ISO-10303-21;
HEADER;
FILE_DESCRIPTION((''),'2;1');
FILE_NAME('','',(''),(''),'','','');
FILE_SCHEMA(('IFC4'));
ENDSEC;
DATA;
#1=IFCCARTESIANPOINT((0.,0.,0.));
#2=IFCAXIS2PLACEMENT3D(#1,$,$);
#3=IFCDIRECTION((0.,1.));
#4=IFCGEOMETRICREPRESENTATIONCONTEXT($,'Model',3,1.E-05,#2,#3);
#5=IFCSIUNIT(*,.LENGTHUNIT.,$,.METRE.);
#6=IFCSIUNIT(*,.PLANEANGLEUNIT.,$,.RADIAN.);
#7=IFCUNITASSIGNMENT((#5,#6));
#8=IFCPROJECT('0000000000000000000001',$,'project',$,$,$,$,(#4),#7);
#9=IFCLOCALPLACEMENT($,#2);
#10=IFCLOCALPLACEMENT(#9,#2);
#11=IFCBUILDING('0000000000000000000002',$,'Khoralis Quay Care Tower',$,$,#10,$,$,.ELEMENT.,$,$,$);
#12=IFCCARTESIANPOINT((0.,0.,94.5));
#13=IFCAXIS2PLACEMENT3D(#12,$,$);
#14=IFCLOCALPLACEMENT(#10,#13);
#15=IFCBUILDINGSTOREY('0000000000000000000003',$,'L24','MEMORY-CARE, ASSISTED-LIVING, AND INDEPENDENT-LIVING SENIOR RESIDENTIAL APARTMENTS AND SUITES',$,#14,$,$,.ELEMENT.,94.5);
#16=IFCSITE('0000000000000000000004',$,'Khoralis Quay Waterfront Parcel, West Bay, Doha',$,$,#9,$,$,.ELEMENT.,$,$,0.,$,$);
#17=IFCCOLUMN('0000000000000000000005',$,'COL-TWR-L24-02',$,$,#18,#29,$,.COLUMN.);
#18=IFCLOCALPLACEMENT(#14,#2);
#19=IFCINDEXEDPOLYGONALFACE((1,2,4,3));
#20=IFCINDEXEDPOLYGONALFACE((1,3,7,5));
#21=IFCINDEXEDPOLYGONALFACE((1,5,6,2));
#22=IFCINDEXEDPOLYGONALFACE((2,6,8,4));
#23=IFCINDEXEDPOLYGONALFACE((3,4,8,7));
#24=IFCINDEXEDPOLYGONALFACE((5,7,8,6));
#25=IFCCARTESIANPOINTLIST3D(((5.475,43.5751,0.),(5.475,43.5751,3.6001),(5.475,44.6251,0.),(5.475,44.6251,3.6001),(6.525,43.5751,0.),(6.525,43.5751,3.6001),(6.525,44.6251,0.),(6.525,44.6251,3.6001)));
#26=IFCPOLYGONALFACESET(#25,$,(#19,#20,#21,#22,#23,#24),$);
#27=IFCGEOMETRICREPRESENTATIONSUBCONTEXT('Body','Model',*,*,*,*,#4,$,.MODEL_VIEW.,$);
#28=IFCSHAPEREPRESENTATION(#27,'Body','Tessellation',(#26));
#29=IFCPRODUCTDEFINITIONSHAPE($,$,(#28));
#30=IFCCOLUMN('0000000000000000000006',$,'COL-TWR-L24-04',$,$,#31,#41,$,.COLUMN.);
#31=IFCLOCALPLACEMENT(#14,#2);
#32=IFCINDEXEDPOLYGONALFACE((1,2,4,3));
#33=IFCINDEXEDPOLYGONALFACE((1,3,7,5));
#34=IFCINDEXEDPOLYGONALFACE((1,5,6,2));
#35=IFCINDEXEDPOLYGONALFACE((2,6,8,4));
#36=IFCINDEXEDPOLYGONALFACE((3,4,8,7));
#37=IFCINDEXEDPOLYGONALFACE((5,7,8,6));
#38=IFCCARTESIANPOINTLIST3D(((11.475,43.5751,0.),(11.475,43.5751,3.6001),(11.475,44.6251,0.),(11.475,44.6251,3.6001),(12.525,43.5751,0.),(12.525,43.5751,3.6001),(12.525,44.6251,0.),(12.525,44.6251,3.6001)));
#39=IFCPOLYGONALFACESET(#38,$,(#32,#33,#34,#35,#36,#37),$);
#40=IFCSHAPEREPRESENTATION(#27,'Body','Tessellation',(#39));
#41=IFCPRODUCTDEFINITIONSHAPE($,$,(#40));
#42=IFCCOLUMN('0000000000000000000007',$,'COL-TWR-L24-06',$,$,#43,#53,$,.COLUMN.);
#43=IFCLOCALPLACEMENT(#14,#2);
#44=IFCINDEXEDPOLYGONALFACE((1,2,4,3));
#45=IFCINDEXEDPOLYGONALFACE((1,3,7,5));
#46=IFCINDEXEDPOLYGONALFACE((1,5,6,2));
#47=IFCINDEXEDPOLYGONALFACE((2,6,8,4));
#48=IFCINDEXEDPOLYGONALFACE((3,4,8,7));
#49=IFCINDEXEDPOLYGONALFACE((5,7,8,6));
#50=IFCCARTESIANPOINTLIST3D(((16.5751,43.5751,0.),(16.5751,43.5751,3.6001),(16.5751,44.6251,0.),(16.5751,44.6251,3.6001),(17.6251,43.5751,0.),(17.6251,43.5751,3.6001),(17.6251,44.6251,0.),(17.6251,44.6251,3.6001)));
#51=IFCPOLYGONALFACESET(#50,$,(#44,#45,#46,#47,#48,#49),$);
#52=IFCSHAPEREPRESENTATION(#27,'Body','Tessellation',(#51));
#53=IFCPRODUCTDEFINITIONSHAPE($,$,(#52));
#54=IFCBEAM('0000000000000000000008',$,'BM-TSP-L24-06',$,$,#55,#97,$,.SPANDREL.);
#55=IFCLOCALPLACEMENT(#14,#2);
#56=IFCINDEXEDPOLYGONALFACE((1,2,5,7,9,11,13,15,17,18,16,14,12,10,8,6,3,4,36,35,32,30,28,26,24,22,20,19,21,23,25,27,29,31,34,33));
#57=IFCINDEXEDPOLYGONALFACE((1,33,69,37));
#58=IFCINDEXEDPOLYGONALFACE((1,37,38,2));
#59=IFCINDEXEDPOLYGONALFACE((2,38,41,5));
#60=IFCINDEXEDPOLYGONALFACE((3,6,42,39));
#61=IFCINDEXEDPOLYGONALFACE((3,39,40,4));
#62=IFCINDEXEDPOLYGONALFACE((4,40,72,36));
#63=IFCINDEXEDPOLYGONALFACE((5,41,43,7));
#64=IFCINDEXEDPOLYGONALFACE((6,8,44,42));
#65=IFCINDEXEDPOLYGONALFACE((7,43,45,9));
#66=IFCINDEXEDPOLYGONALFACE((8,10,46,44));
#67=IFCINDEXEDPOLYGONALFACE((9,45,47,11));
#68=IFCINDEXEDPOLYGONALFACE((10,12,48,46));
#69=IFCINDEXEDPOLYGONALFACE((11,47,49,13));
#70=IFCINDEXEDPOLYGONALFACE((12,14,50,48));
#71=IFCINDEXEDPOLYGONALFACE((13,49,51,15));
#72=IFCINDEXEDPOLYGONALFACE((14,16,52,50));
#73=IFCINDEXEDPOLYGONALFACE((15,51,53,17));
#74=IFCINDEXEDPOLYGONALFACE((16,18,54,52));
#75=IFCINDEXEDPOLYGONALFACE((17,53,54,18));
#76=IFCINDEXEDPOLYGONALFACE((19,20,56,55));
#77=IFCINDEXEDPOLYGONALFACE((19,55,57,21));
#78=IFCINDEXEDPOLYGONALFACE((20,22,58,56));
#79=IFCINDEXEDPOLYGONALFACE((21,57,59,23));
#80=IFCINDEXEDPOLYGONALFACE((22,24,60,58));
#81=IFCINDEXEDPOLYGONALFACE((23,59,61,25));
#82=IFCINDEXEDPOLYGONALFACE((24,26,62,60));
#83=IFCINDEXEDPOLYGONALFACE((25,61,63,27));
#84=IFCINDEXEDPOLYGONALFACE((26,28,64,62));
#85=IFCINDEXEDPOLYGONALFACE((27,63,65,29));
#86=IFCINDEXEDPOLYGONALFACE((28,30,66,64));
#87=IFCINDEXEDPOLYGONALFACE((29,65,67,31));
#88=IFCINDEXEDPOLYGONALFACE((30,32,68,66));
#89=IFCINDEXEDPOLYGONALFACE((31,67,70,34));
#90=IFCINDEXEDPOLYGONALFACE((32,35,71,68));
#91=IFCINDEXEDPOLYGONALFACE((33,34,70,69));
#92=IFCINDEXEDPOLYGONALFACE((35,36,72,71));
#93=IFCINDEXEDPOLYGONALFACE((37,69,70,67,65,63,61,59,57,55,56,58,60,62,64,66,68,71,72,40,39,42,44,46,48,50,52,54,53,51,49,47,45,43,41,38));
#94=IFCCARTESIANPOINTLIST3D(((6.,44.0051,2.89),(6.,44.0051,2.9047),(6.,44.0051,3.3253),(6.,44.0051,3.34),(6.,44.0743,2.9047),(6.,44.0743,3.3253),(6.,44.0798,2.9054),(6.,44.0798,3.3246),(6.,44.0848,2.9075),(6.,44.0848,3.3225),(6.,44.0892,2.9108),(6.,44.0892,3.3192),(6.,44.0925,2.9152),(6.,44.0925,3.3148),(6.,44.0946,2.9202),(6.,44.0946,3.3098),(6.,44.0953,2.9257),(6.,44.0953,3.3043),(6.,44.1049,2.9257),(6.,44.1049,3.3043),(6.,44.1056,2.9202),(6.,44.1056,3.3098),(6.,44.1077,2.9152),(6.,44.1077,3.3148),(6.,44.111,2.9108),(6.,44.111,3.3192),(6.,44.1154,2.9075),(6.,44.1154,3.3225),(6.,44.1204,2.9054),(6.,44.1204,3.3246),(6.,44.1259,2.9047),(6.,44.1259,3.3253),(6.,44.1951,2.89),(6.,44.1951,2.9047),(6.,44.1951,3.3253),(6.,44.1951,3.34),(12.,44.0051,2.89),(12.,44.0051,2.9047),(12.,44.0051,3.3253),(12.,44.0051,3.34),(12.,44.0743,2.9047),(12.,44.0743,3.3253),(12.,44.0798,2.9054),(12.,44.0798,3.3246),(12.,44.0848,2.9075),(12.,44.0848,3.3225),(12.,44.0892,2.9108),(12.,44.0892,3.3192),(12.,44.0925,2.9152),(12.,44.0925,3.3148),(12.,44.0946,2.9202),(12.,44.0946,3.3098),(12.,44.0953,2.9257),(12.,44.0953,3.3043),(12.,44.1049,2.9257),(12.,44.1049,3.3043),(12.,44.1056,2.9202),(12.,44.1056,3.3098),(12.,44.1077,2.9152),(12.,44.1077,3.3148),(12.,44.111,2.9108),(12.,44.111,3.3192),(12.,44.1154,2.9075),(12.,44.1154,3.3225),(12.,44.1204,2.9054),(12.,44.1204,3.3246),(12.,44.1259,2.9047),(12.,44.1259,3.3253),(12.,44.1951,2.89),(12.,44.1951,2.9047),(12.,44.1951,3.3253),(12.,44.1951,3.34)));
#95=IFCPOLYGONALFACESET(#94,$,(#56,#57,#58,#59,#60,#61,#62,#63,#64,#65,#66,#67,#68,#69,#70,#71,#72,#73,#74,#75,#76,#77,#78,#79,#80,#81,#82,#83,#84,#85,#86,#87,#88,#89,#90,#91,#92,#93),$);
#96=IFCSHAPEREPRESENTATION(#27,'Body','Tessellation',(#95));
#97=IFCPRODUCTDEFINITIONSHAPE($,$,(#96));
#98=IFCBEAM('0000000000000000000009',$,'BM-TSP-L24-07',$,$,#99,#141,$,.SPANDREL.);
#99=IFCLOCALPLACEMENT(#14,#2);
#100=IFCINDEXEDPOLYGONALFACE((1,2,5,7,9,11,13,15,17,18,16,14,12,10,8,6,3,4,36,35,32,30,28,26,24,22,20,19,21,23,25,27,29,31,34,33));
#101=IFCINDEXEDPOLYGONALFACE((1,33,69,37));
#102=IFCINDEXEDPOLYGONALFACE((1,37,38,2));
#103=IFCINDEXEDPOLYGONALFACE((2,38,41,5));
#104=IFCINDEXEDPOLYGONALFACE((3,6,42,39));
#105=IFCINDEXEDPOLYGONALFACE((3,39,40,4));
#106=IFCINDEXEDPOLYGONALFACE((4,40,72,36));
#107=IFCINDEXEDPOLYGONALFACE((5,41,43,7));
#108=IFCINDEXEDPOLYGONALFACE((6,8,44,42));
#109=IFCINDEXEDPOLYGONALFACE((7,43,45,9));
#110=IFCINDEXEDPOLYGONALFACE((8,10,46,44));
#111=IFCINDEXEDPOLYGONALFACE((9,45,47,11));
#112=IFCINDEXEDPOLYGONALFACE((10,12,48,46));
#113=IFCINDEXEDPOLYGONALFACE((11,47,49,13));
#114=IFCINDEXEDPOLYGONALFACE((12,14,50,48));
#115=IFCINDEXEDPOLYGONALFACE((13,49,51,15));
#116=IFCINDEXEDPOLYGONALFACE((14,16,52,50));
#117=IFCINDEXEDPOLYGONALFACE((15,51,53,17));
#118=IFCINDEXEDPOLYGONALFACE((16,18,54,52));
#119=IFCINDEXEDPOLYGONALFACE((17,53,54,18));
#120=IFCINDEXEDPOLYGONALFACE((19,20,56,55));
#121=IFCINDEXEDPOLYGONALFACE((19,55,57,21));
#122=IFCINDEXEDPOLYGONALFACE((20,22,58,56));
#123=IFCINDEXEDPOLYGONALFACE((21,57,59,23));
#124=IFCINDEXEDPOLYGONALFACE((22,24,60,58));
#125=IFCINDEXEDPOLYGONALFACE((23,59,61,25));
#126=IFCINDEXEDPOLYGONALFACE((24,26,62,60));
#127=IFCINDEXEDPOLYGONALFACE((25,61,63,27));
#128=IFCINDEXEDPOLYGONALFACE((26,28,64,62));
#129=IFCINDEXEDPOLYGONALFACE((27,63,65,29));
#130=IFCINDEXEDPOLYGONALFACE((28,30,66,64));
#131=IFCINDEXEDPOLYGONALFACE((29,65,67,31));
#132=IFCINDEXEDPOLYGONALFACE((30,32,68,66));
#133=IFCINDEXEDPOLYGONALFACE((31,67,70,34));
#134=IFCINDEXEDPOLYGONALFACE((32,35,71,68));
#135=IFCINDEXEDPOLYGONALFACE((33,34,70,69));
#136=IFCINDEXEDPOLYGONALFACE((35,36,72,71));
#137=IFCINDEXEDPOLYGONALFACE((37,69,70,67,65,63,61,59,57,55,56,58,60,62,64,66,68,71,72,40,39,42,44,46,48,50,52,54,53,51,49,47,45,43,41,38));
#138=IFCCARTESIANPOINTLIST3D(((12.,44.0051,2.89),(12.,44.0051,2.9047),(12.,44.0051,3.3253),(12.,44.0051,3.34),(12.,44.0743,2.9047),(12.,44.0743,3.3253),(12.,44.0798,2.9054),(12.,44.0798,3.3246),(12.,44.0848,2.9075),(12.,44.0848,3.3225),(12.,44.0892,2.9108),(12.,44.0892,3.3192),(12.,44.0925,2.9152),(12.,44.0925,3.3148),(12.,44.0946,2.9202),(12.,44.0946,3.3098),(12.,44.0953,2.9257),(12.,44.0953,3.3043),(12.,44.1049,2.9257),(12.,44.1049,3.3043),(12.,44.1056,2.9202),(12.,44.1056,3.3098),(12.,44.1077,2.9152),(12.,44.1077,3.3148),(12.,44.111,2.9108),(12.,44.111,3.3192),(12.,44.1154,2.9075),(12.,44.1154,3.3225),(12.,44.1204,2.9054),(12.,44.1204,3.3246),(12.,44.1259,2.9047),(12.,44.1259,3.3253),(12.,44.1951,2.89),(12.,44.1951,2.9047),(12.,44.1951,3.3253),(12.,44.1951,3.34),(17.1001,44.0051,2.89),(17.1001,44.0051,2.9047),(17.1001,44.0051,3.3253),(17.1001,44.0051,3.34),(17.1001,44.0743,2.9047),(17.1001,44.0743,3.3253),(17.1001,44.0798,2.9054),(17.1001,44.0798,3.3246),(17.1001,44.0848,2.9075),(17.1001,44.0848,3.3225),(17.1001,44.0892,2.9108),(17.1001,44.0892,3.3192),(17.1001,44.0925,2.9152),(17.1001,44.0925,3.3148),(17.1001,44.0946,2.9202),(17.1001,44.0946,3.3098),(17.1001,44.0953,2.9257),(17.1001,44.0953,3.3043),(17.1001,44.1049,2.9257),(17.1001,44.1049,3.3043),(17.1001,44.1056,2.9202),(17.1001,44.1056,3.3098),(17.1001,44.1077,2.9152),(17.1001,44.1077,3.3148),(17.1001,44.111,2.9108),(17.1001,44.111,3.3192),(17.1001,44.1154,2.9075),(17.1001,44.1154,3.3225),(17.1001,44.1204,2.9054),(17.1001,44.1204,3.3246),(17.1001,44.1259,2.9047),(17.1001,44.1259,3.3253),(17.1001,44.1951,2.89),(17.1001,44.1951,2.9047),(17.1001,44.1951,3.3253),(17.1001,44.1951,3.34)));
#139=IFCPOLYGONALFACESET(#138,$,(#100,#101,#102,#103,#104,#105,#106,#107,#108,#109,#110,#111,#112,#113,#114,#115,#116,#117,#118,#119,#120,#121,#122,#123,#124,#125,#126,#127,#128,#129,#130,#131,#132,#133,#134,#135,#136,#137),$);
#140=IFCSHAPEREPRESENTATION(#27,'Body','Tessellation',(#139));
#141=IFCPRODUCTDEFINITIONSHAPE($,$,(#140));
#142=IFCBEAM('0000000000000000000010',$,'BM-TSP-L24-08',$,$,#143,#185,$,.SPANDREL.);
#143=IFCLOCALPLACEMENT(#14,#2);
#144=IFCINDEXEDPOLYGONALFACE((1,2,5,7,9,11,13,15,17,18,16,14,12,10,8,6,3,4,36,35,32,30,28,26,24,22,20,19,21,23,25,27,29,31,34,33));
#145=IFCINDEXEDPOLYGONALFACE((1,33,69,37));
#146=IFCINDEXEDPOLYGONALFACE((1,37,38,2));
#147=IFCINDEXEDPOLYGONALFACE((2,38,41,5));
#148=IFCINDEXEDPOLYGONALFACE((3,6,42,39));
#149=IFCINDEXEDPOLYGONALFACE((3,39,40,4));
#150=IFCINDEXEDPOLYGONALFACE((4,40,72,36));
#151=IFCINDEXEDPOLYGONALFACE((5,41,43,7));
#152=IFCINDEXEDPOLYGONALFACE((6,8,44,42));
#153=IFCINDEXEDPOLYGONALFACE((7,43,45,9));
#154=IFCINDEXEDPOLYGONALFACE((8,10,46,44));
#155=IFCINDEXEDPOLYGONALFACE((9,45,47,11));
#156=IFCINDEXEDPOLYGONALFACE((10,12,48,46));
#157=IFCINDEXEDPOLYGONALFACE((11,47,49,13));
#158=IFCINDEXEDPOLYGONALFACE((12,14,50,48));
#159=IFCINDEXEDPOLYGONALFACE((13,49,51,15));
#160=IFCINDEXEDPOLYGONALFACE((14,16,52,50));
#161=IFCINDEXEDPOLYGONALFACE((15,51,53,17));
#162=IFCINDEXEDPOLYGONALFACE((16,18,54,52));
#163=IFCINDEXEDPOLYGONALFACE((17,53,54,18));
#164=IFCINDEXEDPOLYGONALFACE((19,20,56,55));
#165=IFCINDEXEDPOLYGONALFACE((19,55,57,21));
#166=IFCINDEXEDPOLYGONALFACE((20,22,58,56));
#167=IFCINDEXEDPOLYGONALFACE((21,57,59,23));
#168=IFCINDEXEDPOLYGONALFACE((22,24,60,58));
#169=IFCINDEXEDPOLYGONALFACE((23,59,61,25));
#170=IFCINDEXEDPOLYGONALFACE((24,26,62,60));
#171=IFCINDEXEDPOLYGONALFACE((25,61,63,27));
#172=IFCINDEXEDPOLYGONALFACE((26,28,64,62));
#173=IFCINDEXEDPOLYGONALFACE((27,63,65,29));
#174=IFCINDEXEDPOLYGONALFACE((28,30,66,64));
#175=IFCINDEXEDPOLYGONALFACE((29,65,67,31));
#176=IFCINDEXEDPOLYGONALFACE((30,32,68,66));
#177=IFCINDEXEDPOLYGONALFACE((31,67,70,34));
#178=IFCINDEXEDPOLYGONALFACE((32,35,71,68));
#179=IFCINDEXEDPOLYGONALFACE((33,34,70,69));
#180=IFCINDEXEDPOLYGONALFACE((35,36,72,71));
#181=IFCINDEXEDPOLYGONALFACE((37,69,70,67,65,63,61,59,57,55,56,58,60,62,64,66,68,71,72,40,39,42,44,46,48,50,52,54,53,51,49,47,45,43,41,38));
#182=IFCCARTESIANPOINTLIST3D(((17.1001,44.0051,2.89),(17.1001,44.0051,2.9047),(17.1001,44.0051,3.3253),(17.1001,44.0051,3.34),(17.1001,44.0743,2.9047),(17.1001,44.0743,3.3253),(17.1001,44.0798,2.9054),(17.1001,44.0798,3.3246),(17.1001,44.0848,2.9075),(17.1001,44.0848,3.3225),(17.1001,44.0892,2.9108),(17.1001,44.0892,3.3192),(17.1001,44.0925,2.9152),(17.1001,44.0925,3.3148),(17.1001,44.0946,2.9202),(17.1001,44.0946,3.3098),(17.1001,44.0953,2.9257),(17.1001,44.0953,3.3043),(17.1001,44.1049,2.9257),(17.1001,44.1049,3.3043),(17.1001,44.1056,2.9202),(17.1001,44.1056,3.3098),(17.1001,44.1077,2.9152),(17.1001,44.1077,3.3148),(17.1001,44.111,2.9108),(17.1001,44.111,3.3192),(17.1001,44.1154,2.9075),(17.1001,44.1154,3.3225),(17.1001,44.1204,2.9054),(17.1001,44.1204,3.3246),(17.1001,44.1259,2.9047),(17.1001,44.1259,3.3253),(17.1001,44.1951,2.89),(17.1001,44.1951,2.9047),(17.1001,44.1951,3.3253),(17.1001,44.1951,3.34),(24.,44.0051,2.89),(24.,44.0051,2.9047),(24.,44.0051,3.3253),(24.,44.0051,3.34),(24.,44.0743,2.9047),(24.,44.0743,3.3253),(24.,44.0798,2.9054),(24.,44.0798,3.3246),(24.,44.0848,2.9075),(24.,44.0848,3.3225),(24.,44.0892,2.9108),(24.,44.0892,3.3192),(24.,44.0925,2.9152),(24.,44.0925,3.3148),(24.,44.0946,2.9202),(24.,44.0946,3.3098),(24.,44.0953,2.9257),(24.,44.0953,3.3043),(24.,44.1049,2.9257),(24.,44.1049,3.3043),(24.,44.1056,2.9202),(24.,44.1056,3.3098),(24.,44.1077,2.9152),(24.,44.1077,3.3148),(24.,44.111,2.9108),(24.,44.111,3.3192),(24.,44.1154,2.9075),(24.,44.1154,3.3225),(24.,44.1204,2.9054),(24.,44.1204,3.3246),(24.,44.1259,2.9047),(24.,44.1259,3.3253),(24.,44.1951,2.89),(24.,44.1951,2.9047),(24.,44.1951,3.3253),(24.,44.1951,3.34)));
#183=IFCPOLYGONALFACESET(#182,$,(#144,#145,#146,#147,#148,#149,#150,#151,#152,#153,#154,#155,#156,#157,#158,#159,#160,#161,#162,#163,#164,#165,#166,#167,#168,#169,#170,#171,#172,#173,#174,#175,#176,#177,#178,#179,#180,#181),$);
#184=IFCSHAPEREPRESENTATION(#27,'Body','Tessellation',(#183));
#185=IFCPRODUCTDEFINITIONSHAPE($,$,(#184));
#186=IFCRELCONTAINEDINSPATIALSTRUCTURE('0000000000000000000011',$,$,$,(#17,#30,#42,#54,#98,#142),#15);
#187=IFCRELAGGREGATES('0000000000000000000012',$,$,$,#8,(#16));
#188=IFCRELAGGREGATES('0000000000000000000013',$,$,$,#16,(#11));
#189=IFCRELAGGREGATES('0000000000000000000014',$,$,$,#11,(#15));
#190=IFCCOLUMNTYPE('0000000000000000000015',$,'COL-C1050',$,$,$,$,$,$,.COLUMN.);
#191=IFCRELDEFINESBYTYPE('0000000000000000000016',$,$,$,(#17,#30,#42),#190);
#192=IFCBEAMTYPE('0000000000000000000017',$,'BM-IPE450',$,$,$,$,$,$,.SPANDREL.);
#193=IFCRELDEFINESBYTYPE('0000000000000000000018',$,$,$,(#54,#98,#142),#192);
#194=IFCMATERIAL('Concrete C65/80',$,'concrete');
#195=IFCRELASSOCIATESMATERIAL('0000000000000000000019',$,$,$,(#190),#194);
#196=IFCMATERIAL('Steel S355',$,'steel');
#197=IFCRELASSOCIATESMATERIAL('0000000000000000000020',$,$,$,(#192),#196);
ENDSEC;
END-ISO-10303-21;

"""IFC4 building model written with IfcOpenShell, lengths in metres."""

from ifc_helpers import new_model, si_unit, direction, frame, origin, origin_2d, place, context, subcontext, project, spatial, rectangle, i_section, extrude, source, transform, mapped, material, material_profile, profile_set, type_object, element, save


model = new_model("IFC4")

# Units and contexts
model_context = context("Model", 3, precision=1e-05, world=origin(), true_north=direction((0.0, 1.0)))
body_context = subcontext(model_context, "Body", "Model", "MODEL_VIEW")
ifc_project = project(units=[si_unit("LENGTHUNIT", "METRE"), si_unit("PLANEANGLEUNIT", "RADIAN")], contexts=[model_context])

# Site, building, storey
site_placement = place(None, origin())
site = spatial("IfcSite", under=ifc_project, at=site_placement, Name="Khoralis Quay Waterfront Parcel, West Bay, Doha", CompositionType="ELEMENT", RefElevation=0.0)
building_placement = place(site_placement, origin())
building = spatial("IfcBuilding", under=site, at=building_placement, Name="Khoralis Quay Care Tower", CompositionType="ELEMENT")
storey_placement = place(building_placement, frame((0.0, 0.0, 94.5)))
storey = spatial("IfcBuildingStorey", under=building, at=storey_placement, Name="L24", Description="MEMORY-CARE, ASSISTED-LIVING, AND INDEPENDENT-LIVING SENIOR RESIDENTIAL APARTMENTS AND SUITES", CompositionType="ELEMENT", Elevation=94.5)

# Columns
ifc_material_1 = material(Name="Concrete C65/80", Category="concrete")
ifc_material_profile_1 = material_profile(ifc_material_1, rectangle(XDim=1.05, YDim=1.05, at=origin_2d()), Name="Concrete C65/80")
ifc_profile_set_1 = profile_set([ifc_material_profile_1], Name="Concrete C65/80")
column_type = type_object("IfcColumnType", Name="COL-C1050", PredefinedType="COLUMN", material=ifc_profile_set_1)
shared_shape_1 = source(origin(), body_context, "Body", "SweptSolid", [
    extrude(rectangle(XDim=1.05, YDim=1.05, at=origin_2d()), origin(), (0.0, 0.0, 1.0), 3.6001),
])
for number, where, z_axis, x_axis, name in (
    (1, (6.0, 44.1001, 0.0), (0.0, 0.0, 1.0), (1.0, 0.0, 0.0), "COL-TWR-L24-02"),
    (2, (12.0, 44.1001, 0.0), (0.0, 0.0, 1.0), (1.0, 0.0, 0.0), "COL-TWR-L24-04"),
    (3, (17.1001, 44.1001, 0.0), (0.0, 0.0, 1.0), (1.0, 0.0, 0.0), "COL-TWR-L24-06"),
):
    element("IfcColumn", number, at=place(storey_placement, frame(where, z_axis=z_axis, x_axis=x_axis)), inside=storey, type_object=column_type, Name=name, PredefinedType="COLUMN", context=body_context, shape_type="MappedRepresentation", body=[
        mapped(shared_shape_1, transform((0.0, 0.0, 0.0), scale=1.0)),
    ])

# Beams
ifc_material_2 = material(Name="Steel S355", Category="steel")
ifc_material_profile_2 = material_profile(ifc_material_2, i_section(OverallWidth=0.1899, OverallDepth=0.45, WebThickness=0.0095, FlangeThickness=0.0146, FilletRadius=0.021, at=origin_2d()), Name="Steel S355")
ifc_profile_set_2 = profile_set([ifc_material_profile_2], Name="Steel S355")
beam_type_1 = type_object("IfcBeamType", Name="BM-IPE450", PredefinedType="SPANDREL", material=ifc_profile_set_2)
shared_shape_2 = source(origin(), body_context, "Body", "SweptSolid", [
    extrude(i_section(OverallWidth=0.1899, OverallDepth=0.45, WebThickness=0.0095, FlangeThickness=0.0146, FilletRadius=0.021, at=origin_2d()), origin(), (0.0, 0.0, 1.0), 6.0),
])
beam_1_placement = place(storey_placement, frame((6.0, 44.1001, 3.115), z_axis=(1.0, 0.0, 0.0), x_axis=(0.0, 1.0, 0.0)))
element("IfcBeam", 4, at=beam_1_placement, inside=storey, type_object=beam_type_1, Name="BM-TSP-L24-06", PredefinedType="SPANDREL", context=body_context, shape_type="MappedRepresentation", body=[
    mapped(shared_shape_2, transform((0.0, 0.0, 0.0), scale=1.0)),
])
shared_shape_3 = source(origin(), body_context, "Body", "SweptSolid", [
    extrude(i_section(OverallWidth=0.1899, OverallDepth=0.45, WebThickness=0.0095, FlangeThickness=0.0146, FilletRadius=0.021, at=origin_2d()), origin(), (0.0, 0.0, 1.0), 5.1001),
])
beam_2_placement = place(storey_placement, frame((12.0, 44.1001, 3.115), z_axis=(1.0, 0.0, 0.0), x_axis=(0.0, 1.0, 0.0)))
element("IfcBeam", 5, at=beam_2_placement, inside=storey, type_object=beam_type_1, Name="BM-TSP-L24-07", PredefinedType="SPANDREL", context=body_context, shape_type="MappedRepresentation", body=[
    mapped(shared_shape_3, transform((0.0, 0.0, 0.0), scale=1.0)),
])
shared_shape_4 = source(origin(), body_context, "Body", "SweptSolid", [
    extrude(i_section(OverallWidth=0.1899, OverallDepth=0.45, WebThickness=0.0095, FlangeThickness=0.0146, FilletRadius=0.021, at=origin_2d()), origin(), (0.0, 0.0, 1.0), 6.8999),
])
beam_3_placement = place(storey_placement, frame((17.1001, 44.1001, 3.115), z_axis=(1.0, 0.0, 0.0), x_axis=(0.0, 1.0, 0.0)))
element("IfcBeam", 6, at=beam_3_placement, inside=storey, type_object=beam_type_1, Name="BM-TSP-L24-08", PredefinedType="SPANDREL", context=body_context, shape_type="MappedRepresentation", body=[
    mapped(shared_shape_4, transform((0.0, 0.0, 0.0), scale=1.0)),
])

save(model, "model.ifc")
